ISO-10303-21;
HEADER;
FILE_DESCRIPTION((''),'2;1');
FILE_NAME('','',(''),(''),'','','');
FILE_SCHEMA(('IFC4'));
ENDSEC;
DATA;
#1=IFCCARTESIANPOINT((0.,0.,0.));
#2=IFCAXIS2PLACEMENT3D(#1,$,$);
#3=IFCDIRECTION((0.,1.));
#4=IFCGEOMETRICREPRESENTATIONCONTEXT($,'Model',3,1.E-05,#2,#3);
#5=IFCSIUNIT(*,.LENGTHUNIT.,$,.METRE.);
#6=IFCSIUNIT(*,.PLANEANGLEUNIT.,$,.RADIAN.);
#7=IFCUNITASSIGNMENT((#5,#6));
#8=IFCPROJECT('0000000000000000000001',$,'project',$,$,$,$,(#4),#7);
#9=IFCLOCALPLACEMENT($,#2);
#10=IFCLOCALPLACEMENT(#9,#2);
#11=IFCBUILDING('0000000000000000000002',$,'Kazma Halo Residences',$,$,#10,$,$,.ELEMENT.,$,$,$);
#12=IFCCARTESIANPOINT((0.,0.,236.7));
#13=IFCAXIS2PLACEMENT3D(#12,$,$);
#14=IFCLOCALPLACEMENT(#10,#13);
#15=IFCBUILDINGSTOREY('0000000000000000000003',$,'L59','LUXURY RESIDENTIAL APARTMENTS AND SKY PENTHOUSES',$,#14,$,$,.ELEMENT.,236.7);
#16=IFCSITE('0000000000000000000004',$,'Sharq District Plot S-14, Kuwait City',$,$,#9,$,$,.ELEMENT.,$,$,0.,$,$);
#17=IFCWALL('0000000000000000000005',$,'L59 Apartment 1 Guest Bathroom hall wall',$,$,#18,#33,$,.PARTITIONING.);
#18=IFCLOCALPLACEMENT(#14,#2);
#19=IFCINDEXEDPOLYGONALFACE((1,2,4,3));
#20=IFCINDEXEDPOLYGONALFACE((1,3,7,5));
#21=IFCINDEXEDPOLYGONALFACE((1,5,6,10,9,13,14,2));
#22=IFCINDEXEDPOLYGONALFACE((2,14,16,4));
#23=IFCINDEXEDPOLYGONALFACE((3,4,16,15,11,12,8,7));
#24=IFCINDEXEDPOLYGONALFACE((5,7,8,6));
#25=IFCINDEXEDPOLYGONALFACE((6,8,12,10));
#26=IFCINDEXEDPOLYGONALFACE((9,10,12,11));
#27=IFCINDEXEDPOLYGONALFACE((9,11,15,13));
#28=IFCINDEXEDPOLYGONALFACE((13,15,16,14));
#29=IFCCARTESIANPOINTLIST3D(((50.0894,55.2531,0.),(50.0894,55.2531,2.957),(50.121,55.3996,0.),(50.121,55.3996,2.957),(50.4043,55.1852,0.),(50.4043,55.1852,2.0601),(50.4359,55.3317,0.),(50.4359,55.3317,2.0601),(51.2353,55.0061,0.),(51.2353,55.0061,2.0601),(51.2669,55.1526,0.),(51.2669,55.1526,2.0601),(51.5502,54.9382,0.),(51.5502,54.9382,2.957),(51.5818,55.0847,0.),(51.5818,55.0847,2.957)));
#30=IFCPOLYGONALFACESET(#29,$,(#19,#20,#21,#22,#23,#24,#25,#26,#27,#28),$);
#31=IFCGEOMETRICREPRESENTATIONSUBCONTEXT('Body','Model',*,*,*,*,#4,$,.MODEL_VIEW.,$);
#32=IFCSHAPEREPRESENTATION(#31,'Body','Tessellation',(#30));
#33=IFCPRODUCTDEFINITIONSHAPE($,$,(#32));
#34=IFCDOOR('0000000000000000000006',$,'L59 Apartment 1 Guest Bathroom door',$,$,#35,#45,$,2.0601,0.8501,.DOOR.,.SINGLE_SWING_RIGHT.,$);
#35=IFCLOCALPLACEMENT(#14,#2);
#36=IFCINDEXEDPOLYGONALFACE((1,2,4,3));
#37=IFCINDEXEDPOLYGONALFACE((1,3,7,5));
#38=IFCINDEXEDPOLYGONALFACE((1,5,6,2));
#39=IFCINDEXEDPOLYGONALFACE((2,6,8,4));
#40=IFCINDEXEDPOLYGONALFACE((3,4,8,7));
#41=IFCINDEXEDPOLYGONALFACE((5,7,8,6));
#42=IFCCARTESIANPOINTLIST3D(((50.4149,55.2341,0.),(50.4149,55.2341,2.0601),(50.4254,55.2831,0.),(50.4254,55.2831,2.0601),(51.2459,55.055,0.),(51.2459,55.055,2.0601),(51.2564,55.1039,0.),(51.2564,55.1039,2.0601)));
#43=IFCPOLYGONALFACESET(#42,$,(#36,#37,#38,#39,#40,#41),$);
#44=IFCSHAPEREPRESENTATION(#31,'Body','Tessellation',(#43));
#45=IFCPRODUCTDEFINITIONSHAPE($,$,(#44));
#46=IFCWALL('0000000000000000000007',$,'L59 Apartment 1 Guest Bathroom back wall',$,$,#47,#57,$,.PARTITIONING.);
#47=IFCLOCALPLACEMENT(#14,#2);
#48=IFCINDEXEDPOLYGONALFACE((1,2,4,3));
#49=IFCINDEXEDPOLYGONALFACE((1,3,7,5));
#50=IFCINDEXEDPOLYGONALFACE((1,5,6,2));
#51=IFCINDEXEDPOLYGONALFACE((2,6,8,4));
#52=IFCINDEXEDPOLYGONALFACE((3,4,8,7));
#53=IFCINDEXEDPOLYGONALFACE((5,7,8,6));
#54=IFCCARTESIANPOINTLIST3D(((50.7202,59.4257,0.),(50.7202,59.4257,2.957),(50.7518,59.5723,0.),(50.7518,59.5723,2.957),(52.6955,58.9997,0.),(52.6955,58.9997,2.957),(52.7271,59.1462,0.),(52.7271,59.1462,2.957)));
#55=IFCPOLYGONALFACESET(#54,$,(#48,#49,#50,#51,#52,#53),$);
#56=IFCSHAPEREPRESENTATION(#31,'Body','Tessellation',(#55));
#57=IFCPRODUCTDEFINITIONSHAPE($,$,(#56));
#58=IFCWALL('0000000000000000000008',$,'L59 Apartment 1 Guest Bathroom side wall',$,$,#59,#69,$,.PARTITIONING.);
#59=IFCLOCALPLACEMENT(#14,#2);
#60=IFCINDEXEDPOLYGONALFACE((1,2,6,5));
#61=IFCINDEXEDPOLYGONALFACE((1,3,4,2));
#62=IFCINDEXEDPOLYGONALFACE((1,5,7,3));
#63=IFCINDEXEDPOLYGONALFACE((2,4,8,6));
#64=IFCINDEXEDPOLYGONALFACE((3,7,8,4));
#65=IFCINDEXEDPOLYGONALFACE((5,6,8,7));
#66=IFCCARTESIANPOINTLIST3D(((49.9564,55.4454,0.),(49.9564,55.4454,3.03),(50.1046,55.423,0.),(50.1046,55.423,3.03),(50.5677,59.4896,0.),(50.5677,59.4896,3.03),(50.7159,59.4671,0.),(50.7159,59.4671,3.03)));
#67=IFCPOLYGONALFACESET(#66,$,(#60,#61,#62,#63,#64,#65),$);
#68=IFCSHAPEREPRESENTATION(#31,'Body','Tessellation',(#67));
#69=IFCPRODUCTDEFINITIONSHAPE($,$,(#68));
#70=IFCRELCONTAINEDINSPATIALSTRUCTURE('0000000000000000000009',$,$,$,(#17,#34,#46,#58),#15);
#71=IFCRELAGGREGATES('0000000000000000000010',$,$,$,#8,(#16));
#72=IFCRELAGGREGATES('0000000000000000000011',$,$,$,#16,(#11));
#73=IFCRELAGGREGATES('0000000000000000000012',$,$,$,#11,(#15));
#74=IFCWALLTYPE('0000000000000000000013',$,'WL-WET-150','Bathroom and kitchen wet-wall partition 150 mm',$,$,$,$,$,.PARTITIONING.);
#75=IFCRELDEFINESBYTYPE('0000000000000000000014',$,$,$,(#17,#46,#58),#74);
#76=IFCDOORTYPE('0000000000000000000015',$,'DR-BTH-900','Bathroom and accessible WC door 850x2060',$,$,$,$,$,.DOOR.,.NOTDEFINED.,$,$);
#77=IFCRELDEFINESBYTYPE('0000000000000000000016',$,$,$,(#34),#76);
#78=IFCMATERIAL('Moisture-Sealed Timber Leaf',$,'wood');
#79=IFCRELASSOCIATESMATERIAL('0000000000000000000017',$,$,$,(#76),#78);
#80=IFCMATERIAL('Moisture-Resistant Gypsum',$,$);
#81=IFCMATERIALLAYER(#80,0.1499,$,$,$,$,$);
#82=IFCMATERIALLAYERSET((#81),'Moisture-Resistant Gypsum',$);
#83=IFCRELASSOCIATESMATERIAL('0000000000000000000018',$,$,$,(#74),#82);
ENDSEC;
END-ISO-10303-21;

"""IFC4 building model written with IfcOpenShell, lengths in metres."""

from ifc_helpers import new_model, si_unit, direction, frame, frame_2d, origin, place, context, subcontext, project, spatial, rectangle, extrude, material, layer, layer_set, type_object, element, fill, save


model = new_model("IFC4")

# Units and contexts
model_context = context("Model", 3, precision=1e-05, world=origin(), true_north=direction((0.0, 1.0)))
body_context = subcontext(model_context, "Body", "Model", "MODEL_VIEW")
ifc_project = project(units=[si_unit("LENGTHUNIT", "METRE"), si_unit("PLANEANGLEUNIT", "RADIAN")], contexts=[model_context])

# Site, building, storey
site_placement = place(None, origin())
site = spatial("IfcSite", under=ifc_project, at=site_placement, Name="Sharq District Plot S-14, Kuwait City", CompositionType="ELEMENT", RefElevation=0.0)
building_placement = place(site_placement, origin())
building = spatial("IfcBuilding", under=site, at=building_placement, Name="Kazma Halo Residences", CompositionType="ELEMENT")
storey_placement = place(building_placement, frame((0.0, 0.0, 236.7)))
storey = spatial("IfcBuildingStorey", under=building, at=storey_placement, Name="L59", Description="LUXURY RESIDENTIAL APARTMENTS AND SKY PENTHOUSES", CompositionType="ELEMENT", Elevation=236.7)

# Shared definitions
ifc_material_1 = material(Name="Moisture-Sealed Timber Leaf", Category="wood")
door_type = type_object("IfcDoorType", Name="DR-BTH-900", Description="Bathroom and accessible WC door 850x2060", OperationType="NOTDEFINED", PredefinedType="DOOR", material=ifc_material_1)

# Wall, opening, door
ifc_material_2 = material(Name="Moisture-Resistant Gypsum")
ifc_layer_1 = layer(ifc_material_2, 0.1499)
ifc_layer_set_1 = layer_set([ifc_layer_1], Name="Moisture-Resistant Gypsum")
wall_type_1 = type_object("IfcWallType", Name="WL-WET-150", Description="Bathroom and kitchen wet-wall partition 150 mm", PredefinedType="PARTITIONING", material=ifc_layer_set_1)
wall_1_placement = place(storey_placement, frame((51.5659, 55.0115, 0.0), z_axis=(0.0, 0.0, 1.0), x_axis=(-0.977543, 0.210734, 0.0)))
wall_1 = element("IfcWall", 1, at=wall_1_placement, inside=storey, type_object=wall_type_1, Name="L59 Apartment 1 Guest Bathroom hall wall", PredefinedType="PARTITIONING", context=body_context, shape_type="SweptSolid", body=[
    extrude(rectangle(XDim=1.4944, YDim=0.1499, at=frame_2d((0.7471, 0.0))), origin(), (0.0, 0.0, 1.0), 2.957),
])
opening_1_placement = place(wall_1_placement, frame((0.322, 0.0, 0.0)))
opening_1 = element("IfcOpeningElement", 2, at=opening_1_placement, cuts=wall_1, PredefinedType="OPENING", context=body_context, shape_type="SweptSolid", body=[
    extrude(rectangle(XDim=0.8501, YDim=2.0601, at=frame_2d((0.425, 1.03))), frame((0.0, 0.085, 0.0), z_axis=(0.0, -1.0, 0.0), x_axis=(1.0, 0.0, 0.0)), (0.0, 0.0, 1.0), 0.1699),
])
door_1_placement = place(opening_1_placement, origin())
door_1 = element("IfcDoor", 3, at=door_1_placement, inside=storey, type_object=door_type, Name="L59 Apartment 1 Guest Bathroom door", OperationType="SINGLE_SWING_RIGHT", OverallHeight=2.0601, OverallWidth=0.8501, PredefinedType="DOOR", context=body_context, shape_type="SweptSolid", body=[
    extrude(rectangle(XDim=0.8501, YDim=2.0601, at=frame_2d((0.425, 1.03))), frame((0.0, 0.0249, 0.0), z_axis=(0.0, -1.0, 0.0), x_axis=(1.0, 0.0, 0.0)), (0.0, 0.0, 1.0), 0.05),
])
fill(opening_1, door_1)

# Walls
wall_2_placement = place(storey_placement, frame((52.7112, 59.073, 0.0), z_axis=(0.0, 0.0, 1.0), x_axis=(-0.977524, 0.210824, 0.0)))
element("IfcWall", 4, at=wall_2_placement, inside=storey, type_object=wall_type_1, Name="L59 Apartment 1 Guest Bathroom back wall", PredefinedType="PARTITIONING", context=body_context, shape_type="SweptSolid", body=[
    extrude(rectangle(XDim=2.0208, YDim=0.1499, at=frame_2d((1.0103, 0.0))), origin(), (0.0, 0.0, 1.0), 2.957),
])
wall_3_placement = place(storey_placement, frame((50.0305, 55.4343, 0.0), z_axis=(0.0, 0.0, 1.0), x_axis=(0.149464, 0.988767, 0.0)))
element("IfcWall", 5, at=wall_3_placement, inside=storey, type_object=wall_type_1, Name="L59 Apartment 1 Guest Bathroom side wall", PredefinedType="PARTITIONING", context=body_context, shape_type="SweptSolid", body=[
    extrude(rectangle(XDim=4.0901, YDim=0.1499, at=frame_2d((2.0449, 0.0))), origin(), (0.0, 0.0, 1.0), 3.03),
])

save(model, "model.ifc")
